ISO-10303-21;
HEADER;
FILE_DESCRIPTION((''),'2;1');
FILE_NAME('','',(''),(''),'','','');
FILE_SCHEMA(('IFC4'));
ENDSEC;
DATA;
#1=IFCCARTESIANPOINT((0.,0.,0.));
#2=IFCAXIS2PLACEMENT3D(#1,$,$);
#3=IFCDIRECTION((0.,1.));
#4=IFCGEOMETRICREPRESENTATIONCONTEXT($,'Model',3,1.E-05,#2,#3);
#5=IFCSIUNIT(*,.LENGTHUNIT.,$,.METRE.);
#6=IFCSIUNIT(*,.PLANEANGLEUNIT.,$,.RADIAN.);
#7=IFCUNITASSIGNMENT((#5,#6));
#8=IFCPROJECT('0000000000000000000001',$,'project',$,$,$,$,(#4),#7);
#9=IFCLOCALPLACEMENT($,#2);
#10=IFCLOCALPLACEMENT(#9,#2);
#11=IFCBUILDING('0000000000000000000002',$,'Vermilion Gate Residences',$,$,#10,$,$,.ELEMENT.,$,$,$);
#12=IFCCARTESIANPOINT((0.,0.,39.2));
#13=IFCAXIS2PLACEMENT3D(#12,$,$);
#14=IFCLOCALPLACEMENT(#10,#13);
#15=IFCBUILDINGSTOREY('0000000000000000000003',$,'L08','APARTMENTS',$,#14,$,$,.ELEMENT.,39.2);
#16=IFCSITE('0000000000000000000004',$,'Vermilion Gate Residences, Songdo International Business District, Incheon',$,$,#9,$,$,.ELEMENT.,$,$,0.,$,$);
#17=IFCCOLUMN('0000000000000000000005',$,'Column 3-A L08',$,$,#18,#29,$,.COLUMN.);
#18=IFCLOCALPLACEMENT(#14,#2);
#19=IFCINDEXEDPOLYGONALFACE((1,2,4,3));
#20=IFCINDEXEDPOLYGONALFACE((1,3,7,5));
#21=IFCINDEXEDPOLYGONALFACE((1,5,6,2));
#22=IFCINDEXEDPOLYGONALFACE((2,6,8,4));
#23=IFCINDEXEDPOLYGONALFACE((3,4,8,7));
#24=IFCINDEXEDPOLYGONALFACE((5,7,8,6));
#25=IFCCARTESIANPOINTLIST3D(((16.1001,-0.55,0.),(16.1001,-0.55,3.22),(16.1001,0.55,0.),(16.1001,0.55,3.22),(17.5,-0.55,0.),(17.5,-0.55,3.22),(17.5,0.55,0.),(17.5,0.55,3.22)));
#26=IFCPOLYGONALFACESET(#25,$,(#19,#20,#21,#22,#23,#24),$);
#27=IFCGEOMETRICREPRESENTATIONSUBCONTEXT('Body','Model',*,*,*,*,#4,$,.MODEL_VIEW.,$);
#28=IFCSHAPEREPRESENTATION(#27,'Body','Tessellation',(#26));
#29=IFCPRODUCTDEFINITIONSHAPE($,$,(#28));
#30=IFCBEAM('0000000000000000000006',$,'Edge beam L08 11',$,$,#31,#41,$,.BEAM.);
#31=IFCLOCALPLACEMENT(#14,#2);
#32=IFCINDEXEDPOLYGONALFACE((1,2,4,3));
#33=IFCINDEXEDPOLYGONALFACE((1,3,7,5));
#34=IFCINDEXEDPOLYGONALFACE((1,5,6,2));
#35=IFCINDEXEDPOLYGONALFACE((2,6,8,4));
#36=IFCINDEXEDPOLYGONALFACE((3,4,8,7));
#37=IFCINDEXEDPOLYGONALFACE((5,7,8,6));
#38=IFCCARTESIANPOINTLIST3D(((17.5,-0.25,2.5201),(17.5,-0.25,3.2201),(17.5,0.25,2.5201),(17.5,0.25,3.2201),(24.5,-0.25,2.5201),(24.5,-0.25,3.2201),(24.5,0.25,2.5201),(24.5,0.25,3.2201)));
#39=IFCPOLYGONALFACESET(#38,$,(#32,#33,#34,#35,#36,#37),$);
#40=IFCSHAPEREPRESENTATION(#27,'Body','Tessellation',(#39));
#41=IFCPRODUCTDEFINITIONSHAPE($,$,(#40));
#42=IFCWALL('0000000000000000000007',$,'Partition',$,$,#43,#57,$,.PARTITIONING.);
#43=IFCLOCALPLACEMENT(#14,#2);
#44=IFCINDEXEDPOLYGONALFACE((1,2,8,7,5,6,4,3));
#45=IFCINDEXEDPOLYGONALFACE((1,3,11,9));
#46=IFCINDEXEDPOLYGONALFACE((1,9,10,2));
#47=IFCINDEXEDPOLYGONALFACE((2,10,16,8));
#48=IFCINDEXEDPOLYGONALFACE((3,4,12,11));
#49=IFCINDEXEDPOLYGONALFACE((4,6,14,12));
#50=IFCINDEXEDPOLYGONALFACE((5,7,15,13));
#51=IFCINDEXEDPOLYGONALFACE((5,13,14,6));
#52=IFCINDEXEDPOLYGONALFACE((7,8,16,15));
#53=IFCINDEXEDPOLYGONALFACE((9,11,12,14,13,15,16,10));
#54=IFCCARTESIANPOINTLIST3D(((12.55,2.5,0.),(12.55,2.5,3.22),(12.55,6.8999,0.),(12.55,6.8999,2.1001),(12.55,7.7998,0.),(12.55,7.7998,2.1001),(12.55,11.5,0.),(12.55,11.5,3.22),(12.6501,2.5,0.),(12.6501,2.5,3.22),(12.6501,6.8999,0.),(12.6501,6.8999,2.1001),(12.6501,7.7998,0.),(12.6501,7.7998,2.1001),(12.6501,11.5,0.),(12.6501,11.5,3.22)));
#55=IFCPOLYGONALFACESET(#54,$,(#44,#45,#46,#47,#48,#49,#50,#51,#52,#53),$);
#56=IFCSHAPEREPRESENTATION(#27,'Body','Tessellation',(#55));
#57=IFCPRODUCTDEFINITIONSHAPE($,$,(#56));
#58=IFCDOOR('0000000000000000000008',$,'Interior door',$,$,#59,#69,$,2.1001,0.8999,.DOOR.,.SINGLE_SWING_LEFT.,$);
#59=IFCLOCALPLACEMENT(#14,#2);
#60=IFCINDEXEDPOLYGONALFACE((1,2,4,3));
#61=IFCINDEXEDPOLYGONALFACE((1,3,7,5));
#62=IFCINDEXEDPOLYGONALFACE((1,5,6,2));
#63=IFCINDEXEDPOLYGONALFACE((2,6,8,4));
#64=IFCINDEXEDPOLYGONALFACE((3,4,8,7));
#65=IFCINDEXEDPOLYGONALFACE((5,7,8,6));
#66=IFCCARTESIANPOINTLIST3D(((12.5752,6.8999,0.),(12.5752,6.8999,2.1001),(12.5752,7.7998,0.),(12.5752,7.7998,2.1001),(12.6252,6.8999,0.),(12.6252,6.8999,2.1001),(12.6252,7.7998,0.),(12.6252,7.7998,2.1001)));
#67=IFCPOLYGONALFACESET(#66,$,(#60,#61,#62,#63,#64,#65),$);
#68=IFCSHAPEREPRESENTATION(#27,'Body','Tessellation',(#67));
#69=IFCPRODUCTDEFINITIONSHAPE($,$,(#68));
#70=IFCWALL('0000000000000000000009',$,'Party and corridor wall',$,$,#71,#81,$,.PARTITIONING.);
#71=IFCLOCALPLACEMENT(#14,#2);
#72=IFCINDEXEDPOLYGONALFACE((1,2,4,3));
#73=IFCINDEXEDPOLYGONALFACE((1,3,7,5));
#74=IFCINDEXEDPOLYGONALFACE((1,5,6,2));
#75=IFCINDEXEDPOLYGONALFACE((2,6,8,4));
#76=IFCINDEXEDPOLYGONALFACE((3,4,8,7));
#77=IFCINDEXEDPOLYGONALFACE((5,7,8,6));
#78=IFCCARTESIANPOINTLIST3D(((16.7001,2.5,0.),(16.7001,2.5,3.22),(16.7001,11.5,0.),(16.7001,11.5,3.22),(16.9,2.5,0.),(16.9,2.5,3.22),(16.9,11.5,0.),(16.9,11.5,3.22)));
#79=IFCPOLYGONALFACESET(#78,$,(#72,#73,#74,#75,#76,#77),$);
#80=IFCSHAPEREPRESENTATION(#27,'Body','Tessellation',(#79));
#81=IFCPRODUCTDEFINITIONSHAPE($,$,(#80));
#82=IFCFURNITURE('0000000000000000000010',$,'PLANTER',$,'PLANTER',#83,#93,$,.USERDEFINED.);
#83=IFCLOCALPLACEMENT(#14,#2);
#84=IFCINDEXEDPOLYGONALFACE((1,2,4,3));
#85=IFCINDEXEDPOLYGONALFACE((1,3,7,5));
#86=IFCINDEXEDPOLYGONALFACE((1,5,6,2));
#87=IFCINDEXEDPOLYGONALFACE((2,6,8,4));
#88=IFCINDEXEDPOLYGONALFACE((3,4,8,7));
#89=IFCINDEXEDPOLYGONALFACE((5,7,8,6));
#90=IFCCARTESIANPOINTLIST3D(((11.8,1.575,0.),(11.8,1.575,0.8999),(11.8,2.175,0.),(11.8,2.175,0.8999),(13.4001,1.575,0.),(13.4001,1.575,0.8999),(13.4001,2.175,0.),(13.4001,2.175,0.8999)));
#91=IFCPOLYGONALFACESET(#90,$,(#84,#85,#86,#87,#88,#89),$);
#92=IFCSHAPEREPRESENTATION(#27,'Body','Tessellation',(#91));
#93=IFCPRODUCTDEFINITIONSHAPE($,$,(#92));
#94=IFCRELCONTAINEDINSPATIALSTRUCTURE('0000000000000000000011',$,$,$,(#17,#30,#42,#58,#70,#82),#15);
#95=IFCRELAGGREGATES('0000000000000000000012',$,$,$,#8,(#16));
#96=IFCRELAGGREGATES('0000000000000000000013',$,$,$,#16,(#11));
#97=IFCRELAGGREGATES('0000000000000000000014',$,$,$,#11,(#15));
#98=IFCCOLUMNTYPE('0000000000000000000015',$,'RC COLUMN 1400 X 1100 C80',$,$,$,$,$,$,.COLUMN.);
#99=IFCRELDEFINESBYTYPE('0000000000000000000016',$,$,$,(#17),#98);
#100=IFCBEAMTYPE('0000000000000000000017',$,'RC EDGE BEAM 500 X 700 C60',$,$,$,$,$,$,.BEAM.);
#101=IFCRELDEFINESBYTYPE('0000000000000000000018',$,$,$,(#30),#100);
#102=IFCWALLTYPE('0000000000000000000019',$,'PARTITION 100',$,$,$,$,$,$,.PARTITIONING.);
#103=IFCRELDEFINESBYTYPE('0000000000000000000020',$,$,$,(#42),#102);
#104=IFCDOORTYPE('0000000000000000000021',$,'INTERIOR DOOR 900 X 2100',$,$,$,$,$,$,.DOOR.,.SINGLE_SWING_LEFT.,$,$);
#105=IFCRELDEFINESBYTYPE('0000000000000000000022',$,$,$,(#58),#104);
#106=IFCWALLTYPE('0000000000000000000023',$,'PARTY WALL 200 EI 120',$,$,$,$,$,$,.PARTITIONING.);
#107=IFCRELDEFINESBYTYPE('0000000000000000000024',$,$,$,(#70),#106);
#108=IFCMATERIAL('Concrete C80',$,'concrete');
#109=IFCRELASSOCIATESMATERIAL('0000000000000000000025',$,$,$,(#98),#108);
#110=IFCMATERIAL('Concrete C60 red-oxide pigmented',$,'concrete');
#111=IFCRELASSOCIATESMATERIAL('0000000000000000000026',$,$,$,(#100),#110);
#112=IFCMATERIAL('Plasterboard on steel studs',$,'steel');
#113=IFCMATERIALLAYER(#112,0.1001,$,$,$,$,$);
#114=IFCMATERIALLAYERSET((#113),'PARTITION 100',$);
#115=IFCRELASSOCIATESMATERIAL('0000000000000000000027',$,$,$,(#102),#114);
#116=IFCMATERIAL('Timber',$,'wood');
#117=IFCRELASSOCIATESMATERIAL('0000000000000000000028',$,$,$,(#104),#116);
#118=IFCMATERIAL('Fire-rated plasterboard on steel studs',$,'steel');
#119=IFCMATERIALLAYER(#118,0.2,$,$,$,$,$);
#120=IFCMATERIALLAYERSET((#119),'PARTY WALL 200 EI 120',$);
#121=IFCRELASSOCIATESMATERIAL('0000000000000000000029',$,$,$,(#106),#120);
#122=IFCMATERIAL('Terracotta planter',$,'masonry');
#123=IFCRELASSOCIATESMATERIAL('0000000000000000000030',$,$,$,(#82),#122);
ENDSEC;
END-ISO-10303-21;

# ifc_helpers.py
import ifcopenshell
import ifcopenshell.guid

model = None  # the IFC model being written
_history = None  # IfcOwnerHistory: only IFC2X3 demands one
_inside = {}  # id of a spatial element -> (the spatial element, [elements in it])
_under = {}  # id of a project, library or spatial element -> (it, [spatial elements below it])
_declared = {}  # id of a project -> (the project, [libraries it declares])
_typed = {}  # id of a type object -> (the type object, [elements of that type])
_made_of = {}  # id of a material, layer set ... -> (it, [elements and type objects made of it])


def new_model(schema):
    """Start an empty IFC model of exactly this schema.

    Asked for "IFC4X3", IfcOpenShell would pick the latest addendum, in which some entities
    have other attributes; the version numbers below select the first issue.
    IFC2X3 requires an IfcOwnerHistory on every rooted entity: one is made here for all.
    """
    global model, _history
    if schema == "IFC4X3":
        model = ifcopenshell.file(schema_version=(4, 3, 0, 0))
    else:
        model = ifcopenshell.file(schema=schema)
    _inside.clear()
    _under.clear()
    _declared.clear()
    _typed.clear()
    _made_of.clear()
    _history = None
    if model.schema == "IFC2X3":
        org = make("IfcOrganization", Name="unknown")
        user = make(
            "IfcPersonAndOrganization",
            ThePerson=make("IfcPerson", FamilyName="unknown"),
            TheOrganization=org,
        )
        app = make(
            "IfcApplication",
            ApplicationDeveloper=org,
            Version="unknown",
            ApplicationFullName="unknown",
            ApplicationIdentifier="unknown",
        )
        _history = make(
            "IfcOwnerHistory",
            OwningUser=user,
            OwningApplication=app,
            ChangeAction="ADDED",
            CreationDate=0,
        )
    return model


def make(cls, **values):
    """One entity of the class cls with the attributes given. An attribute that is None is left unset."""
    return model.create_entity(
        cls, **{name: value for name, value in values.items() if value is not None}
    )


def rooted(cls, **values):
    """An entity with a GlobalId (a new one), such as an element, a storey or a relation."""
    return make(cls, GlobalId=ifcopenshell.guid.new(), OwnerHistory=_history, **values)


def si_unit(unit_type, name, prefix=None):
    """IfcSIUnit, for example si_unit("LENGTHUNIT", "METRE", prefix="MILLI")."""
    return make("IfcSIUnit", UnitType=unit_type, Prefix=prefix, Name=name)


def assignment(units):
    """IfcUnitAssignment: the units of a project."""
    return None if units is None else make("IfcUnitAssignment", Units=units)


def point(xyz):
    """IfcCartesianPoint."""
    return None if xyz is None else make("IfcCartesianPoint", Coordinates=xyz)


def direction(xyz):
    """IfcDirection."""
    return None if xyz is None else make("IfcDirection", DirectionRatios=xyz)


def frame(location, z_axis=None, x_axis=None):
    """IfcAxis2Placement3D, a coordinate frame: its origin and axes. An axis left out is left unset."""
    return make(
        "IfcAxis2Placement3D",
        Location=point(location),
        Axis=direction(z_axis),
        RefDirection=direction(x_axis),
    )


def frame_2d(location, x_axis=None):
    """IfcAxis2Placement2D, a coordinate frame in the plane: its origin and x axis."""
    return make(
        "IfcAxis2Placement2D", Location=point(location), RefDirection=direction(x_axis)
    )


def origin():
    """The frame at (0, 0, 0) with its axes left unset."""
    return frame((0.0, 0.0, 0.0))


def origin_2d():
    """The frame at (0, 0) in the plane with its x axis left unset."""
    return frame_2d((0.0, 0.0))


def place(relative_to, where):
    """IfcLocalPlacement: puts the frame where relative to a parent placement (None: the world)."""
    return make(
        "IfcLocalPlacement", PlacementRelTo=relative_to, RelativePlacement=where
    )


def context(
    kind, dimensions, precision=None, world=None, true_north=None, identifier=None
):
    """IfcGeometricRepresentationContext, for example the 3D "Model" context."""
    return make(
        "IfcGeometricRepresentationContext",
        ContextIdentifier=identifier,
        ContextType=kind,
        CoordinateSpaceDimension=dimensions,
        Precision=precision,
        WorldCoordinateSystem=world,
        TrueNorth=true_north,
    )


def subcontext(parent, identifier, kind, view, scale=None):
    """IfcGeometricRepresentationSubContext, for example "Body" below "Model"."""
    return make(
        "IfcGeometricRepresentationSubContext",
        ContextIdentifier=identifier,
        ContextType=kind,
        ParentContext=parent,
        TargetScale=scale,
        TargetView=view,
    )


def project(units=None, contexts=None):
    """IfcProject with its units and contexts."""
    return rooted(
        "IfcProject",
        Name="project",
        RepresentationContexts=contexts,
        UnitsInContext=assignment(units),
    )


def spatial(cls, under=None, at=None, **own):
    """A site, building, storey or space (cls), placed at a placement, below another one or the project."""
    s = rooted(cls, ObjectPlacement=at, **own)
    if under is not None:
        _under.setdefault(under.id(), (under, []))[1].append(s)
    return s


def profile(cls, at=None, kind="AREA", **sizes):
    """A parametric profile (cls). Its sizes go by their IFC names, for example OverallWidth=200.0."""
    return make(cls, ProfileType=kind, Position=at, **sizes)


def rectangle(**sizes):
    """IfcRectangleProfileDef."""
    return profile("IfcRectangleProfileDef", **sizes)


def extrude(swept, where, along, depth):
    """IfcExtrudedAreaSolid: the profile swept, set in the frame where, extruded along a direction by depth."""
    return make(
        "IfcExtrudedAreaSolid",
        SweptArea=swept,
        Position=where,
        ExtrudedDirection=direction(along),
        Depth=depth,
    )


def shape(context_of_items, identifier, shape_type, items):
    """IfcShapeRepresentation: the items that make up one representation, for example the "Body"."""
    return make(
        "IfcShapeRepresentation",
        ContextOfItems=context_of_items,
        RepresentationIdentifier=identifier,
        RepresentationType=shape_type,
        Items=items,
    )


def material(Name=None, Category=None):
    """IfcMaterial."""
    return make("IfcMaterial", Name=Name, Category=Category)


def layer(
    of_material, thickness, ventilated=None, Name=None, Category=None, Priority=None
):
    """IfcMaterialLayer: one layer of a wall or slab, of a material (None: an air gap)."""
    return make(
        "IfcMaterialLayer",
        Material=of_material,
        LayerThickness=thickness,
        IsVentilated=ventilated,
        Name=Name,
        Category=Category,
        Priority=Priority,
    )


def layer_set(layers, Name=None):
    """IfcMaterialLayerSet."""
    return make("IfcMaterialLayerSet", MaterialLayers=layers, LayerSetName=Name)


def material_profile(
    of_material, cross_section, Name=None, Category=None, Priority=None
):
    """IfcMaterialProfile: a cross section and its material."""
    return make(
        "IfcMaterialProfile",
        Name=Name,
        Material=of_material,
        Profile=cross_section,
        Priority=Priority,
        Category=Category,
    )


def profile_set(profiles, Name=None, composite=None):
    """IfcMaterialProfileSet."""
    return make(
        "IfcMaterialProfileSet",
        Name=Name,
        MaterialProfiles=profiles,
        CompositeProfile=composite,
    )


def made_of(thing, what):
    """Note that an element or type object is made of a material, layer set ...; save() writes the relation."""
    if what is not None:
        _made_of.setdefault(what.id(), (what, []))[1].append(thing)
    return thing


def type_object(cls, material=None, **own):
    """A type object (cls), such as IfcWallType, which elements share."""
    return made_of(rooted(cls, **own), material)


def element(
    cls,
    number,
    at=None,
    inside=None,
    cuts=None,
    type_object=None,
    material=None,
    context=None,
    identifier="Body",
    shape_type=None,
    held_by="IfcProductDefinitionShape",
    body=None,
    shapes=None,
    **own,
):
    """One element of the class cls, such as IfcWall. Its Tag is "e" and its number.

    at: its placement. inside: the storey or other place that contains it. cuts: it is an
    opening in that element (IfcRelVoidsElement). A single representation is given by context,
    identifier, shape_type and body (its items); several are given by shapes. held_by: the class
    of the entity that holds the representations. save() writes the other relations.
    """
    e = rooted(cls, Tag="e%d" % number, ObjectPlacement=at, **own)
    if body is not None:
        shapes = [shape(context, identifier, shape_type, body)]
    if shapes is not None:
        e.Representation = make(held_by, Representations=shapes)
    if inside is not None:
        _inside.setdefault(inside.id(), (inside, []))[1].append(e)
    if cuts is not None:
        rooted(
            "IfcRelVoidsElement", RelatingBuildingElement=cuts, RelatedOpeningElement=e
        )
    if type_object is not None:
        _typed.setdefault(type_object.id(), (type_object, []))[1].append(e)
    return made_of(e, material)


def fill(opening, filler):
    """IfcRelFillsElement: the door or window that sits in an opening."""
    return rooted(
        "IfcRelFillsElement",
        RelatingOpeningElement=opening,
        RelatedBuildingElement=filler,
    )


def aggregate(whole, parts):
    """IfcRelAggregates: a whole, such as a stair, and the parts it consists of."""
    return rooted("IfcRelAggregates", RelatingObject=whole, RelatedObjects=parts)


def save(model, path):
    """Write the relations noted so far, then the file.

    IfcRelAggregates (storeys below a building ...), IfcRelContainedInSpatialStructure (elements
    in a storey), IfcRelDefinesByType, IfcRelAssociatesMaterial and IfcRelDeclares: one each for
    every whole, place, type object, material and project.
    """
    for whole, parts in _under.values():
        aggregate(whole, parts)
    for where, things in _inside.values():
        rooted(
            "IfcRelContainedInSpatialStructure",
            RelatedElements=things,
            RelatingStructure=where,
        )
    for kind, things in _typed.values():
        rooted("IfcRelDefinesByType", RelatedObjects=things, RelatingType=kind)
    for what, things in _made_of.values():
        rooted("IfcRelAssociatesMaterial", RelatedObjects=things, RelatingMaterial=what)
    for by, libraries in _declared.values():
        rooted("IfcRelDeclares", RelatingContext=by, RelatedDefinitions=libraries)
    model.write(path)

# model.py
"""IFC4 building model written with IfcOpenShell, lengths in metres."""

from ifc_helpers import new_model, si_unit, direction, frame, frame_2d, origin, origin_2d, place, context, subcontext, project, spatial, rectangle, extrude, material, layer, layer_set, material_profile, profile_set, type_object, element, fill, save


model = new_model("IFC4")

# Units and contexts
model_context = context("Model", 3, precision=1e-05, world=origin(), true_north=direction((0.0, 1.0)))
body_context = subcontext(model_context, "Body", "Model", "MODEL_VIEW")
ifc_project = project(units=[si_unit("LENGTHUNIT", "METRE"), si_unit("PLANEANGLEUNIT", "RADIAN")], contexts=[model_context])

# Site, building, storey
site_placement = place(None, origin())
site = spatial("IfcSite", under=ifc_project, at=site_placement, Name="Vermilion Gate Residences, Songdo International Business District, Incheon", CompositionType="ELEMENT", RefElevation=0.0)
building_placement = place(site_placement, origin())
building = spatial("IfcBuilding", under=site, at=building_placement, Name="Vermilion Gate Residences", CompositionType="ELEMENT")
storey_placement = place(building_placement, frame((0.0, 0.0, 39.2)))
storey = spatial("IfcBuildingStorey", under=building, at=storey_placement, Name="L08", Description="APARTMENTS", CompositionType="ELEMENT", Elevation=39.2)

# Column
ifc_material_1 = material(Name="Concrete C80", Category="concrete")
ifc_material_profile_1 = material_profile(ifc_material_1, rectangle(XDim=1.3999, YDim=1.1001, at=origin_2d()), Name="RC-1400x1100")
ifc_profile_set_1 = profile_set([ifc_material_profile_1], Name="Concrete C80")
column_type = type_object("IfcColumnType", Name="RC COLUMN 1400 X 1100 C80", PredefinedType="COLUMN", material=ifc_profile_set_1)
column_placement = place(storey_placement, frame((16.8, 0.0, 0.0), z_axis=(0.0, 0.0, 1.0), x_axis=(1.0, 0.0, 0.0)))
element("IfcColumn", 1, at=column_placement, inside=storey, type_object=column_type, Name="Column 3-A L08", PredefinedType="COLUMN", context=body_context, shape_type="SweptSolid", body=[
    extrude(rectangle(XDim=1.3999, YDim=1.1001, at=origin_2d()), origin(), (0.0, 0.0, 1.0), 3.22),
])

# Beam
ifc_material_2 = material(Name="Concrete C60 red-oxide pigmented", Category="concrete")
ifc_material_profile_2 = material_profile(ifc_material_2, rectangle(XDim=0.5, YDim=0.7, at=origin_2d()), Name="RC-500x700")
ifc_profile_set_2 = profile_set([ifc_material_profile_2], Name="Concrete C60 red-oxide pigmented")
beam_type = type_object("IfcBeamType", Name="RC EDGE BEAM 500 X 700 C60", PredefinedType="BEAM", material=ifc_profile_set_2)
beam_placement = place(storey_placement, frame((17.5, 0.0, 2.8701), z_axis=(1.0, 0.0, 0.0), x_axis=(0.0, 1.0, 0.0)))
element("IfcBeam", 2, at=beam_placement, inside=storey, type_object=beam_type, Name="Edge beam L08 11", PredefinedType="BEAM", context=body_context, shape_type="SweptSolid", body=[
    extrude(rectangle(XDim=0.5, YDim=0.7, at=origin_2d()), origin(), (0.0, 0.0, 1.0), 7.0),
])

# Wall, opening, door
ifc_material_3 = material(Name="Plasterboard on steel studs", Category="steel")
ifc_layer_1 = layer(ifc_material_3, 0.1001)
ifc_layer_set_1 = layer_set([ifc_layer_1], Name="PARTITION 100")
wall_type_1 = type_object("IfcWallType", Name="PARTITION 100", PredefinedType="PARTITIONING", material=ifc_layer_set_1)
wall_1_placement = place(storey_placement, frame((12.6001, 2.5, 0.0), z_axis=(0.0, 0.0, 1.0), x_axis=(0.0, 1.0, 0.0)))
wall_1 = element("IfcWall", 3, at=wall_1_placement, inside=storey, type_object=wall_type_1, Name="Partition", PredefinedType="PARTITIONING", context=body_context, shape_type="SweptSolid", body=[
    extrude(rectangle(XDim=9.0, YDim=0.1001, at=frame_2d((4.5, 0.0))), origin(), (0.0, 0.0, 1.0), 3.22),
])
opening_placement = place(wall_1_placement, frame((4.3999, 0.0, 0.0)))
opening = element("IfcOpeningElement", 4, at=opening_placement, cuts=wall_1, PredefinedType="OPENING", context=body_context, shape_type="SweptSolid", body=[
    extrude(rectangle(XDim=0.8999, YDim=2.1001, at=frame_2d((0.45, 1.05))), frame((0.0, 0.0601, 0.0), z_axis=(0.0, -1.0, 0.0), x_axis=(1.0, 0.0, 0.0)), (0.0, 0.0, 1.0), 0.1201),
])
ifc_material_4 = material(Name="Timber", Category="wood")
door_type = type_object("IfcDoorType", Name="INTERIOR DOOR 900 X 2100", OperationType="SINGLE_SWING_LEFT", PredefinedType="DOOR", material=ifc_material_4)
door_placement = place(opening_placement, origin())
door = element("IfcDoor", 5, at=door_placement, inside=storey, type_object=door_type, Name="Interior door", OperationType="SINGLE_SWING_LEFT", OverallHeight=2.1001, OverallWidth=0.8999, PredefinedType="DOOR", context=body_context, shape_type="SweptSolid", body=[
    extrude(rectangle(XDim=0.8999, YDim=2.1001, at=frame_2d((0.45, 1.05))), frame((0.0, 0.0249, 0.0), z_axis=(0.0, -1.0, 0.0), x_axis=(1.0, 0.0, 0.0)), (0.0, 0.0, 1.0), 0.05),
])
fill(opening, door)

# Wall
ifc_material_5 = material(Name="Fire-rated plasterboard on steel studs", Category="steel")
ifc_layer_2 = layer(ifc_material_5, 0.2)
ifc_layer_set_2 = layer_set([ifc_layer_2], Name="PARTY WALL 200 EI 120")
wall_type_2 = type_object("IfcWallType", Name="PARTY WALL 200 EI 120", PredefinedType="PARTITIONING", material=ifc_layer_set_2)
wall_2_placement = place(storey_placement, frame((16.8, 2.5, 0.0), z_axis=(0.0, 0.0, 1.0), x_axis=(0.0, 1.0, 0.0)))
element("IfcWall", 6, at=wall_2_placement, inside=storey, type_object=wall_type_2, Name="Party and corridor wall", PredefinedType="PARTITIONING", context=body_context, shape_type="SweptSolid", body=[
    extrude(rectangle(XDim=9.0, YDim=0.2, at=frame_2d((4.5, 0.0))), origin(), (0.0, 0.0, 1.0), 3.22),
])

# Furniture
ifc_material_6 = material(Name="Terracotta planter", Category="masonry")
furniture_placement = place(storey_placement, frame((12.6001, 1.875, 0.0), z_axis=(0.0, 0.0, 1.0), x_axis=(1.0, 0.0, 0.0)))
element("IfcFurniture", 7, at=furniture_placement, inside=storey, material=ifc_material_6, Name="PLANTER", ObjectType="PLANTER", PredefinedType="USERDEFINED", context=body_context, shape_type="SweptSolid", body=[
    extrude(rectangle(XDim=1.6001, YDim=0.6001, at=origin_2d()), origin(), (0.0, 0.0, 1.0), 0.8999),
])

save(model, "model.ifc")
